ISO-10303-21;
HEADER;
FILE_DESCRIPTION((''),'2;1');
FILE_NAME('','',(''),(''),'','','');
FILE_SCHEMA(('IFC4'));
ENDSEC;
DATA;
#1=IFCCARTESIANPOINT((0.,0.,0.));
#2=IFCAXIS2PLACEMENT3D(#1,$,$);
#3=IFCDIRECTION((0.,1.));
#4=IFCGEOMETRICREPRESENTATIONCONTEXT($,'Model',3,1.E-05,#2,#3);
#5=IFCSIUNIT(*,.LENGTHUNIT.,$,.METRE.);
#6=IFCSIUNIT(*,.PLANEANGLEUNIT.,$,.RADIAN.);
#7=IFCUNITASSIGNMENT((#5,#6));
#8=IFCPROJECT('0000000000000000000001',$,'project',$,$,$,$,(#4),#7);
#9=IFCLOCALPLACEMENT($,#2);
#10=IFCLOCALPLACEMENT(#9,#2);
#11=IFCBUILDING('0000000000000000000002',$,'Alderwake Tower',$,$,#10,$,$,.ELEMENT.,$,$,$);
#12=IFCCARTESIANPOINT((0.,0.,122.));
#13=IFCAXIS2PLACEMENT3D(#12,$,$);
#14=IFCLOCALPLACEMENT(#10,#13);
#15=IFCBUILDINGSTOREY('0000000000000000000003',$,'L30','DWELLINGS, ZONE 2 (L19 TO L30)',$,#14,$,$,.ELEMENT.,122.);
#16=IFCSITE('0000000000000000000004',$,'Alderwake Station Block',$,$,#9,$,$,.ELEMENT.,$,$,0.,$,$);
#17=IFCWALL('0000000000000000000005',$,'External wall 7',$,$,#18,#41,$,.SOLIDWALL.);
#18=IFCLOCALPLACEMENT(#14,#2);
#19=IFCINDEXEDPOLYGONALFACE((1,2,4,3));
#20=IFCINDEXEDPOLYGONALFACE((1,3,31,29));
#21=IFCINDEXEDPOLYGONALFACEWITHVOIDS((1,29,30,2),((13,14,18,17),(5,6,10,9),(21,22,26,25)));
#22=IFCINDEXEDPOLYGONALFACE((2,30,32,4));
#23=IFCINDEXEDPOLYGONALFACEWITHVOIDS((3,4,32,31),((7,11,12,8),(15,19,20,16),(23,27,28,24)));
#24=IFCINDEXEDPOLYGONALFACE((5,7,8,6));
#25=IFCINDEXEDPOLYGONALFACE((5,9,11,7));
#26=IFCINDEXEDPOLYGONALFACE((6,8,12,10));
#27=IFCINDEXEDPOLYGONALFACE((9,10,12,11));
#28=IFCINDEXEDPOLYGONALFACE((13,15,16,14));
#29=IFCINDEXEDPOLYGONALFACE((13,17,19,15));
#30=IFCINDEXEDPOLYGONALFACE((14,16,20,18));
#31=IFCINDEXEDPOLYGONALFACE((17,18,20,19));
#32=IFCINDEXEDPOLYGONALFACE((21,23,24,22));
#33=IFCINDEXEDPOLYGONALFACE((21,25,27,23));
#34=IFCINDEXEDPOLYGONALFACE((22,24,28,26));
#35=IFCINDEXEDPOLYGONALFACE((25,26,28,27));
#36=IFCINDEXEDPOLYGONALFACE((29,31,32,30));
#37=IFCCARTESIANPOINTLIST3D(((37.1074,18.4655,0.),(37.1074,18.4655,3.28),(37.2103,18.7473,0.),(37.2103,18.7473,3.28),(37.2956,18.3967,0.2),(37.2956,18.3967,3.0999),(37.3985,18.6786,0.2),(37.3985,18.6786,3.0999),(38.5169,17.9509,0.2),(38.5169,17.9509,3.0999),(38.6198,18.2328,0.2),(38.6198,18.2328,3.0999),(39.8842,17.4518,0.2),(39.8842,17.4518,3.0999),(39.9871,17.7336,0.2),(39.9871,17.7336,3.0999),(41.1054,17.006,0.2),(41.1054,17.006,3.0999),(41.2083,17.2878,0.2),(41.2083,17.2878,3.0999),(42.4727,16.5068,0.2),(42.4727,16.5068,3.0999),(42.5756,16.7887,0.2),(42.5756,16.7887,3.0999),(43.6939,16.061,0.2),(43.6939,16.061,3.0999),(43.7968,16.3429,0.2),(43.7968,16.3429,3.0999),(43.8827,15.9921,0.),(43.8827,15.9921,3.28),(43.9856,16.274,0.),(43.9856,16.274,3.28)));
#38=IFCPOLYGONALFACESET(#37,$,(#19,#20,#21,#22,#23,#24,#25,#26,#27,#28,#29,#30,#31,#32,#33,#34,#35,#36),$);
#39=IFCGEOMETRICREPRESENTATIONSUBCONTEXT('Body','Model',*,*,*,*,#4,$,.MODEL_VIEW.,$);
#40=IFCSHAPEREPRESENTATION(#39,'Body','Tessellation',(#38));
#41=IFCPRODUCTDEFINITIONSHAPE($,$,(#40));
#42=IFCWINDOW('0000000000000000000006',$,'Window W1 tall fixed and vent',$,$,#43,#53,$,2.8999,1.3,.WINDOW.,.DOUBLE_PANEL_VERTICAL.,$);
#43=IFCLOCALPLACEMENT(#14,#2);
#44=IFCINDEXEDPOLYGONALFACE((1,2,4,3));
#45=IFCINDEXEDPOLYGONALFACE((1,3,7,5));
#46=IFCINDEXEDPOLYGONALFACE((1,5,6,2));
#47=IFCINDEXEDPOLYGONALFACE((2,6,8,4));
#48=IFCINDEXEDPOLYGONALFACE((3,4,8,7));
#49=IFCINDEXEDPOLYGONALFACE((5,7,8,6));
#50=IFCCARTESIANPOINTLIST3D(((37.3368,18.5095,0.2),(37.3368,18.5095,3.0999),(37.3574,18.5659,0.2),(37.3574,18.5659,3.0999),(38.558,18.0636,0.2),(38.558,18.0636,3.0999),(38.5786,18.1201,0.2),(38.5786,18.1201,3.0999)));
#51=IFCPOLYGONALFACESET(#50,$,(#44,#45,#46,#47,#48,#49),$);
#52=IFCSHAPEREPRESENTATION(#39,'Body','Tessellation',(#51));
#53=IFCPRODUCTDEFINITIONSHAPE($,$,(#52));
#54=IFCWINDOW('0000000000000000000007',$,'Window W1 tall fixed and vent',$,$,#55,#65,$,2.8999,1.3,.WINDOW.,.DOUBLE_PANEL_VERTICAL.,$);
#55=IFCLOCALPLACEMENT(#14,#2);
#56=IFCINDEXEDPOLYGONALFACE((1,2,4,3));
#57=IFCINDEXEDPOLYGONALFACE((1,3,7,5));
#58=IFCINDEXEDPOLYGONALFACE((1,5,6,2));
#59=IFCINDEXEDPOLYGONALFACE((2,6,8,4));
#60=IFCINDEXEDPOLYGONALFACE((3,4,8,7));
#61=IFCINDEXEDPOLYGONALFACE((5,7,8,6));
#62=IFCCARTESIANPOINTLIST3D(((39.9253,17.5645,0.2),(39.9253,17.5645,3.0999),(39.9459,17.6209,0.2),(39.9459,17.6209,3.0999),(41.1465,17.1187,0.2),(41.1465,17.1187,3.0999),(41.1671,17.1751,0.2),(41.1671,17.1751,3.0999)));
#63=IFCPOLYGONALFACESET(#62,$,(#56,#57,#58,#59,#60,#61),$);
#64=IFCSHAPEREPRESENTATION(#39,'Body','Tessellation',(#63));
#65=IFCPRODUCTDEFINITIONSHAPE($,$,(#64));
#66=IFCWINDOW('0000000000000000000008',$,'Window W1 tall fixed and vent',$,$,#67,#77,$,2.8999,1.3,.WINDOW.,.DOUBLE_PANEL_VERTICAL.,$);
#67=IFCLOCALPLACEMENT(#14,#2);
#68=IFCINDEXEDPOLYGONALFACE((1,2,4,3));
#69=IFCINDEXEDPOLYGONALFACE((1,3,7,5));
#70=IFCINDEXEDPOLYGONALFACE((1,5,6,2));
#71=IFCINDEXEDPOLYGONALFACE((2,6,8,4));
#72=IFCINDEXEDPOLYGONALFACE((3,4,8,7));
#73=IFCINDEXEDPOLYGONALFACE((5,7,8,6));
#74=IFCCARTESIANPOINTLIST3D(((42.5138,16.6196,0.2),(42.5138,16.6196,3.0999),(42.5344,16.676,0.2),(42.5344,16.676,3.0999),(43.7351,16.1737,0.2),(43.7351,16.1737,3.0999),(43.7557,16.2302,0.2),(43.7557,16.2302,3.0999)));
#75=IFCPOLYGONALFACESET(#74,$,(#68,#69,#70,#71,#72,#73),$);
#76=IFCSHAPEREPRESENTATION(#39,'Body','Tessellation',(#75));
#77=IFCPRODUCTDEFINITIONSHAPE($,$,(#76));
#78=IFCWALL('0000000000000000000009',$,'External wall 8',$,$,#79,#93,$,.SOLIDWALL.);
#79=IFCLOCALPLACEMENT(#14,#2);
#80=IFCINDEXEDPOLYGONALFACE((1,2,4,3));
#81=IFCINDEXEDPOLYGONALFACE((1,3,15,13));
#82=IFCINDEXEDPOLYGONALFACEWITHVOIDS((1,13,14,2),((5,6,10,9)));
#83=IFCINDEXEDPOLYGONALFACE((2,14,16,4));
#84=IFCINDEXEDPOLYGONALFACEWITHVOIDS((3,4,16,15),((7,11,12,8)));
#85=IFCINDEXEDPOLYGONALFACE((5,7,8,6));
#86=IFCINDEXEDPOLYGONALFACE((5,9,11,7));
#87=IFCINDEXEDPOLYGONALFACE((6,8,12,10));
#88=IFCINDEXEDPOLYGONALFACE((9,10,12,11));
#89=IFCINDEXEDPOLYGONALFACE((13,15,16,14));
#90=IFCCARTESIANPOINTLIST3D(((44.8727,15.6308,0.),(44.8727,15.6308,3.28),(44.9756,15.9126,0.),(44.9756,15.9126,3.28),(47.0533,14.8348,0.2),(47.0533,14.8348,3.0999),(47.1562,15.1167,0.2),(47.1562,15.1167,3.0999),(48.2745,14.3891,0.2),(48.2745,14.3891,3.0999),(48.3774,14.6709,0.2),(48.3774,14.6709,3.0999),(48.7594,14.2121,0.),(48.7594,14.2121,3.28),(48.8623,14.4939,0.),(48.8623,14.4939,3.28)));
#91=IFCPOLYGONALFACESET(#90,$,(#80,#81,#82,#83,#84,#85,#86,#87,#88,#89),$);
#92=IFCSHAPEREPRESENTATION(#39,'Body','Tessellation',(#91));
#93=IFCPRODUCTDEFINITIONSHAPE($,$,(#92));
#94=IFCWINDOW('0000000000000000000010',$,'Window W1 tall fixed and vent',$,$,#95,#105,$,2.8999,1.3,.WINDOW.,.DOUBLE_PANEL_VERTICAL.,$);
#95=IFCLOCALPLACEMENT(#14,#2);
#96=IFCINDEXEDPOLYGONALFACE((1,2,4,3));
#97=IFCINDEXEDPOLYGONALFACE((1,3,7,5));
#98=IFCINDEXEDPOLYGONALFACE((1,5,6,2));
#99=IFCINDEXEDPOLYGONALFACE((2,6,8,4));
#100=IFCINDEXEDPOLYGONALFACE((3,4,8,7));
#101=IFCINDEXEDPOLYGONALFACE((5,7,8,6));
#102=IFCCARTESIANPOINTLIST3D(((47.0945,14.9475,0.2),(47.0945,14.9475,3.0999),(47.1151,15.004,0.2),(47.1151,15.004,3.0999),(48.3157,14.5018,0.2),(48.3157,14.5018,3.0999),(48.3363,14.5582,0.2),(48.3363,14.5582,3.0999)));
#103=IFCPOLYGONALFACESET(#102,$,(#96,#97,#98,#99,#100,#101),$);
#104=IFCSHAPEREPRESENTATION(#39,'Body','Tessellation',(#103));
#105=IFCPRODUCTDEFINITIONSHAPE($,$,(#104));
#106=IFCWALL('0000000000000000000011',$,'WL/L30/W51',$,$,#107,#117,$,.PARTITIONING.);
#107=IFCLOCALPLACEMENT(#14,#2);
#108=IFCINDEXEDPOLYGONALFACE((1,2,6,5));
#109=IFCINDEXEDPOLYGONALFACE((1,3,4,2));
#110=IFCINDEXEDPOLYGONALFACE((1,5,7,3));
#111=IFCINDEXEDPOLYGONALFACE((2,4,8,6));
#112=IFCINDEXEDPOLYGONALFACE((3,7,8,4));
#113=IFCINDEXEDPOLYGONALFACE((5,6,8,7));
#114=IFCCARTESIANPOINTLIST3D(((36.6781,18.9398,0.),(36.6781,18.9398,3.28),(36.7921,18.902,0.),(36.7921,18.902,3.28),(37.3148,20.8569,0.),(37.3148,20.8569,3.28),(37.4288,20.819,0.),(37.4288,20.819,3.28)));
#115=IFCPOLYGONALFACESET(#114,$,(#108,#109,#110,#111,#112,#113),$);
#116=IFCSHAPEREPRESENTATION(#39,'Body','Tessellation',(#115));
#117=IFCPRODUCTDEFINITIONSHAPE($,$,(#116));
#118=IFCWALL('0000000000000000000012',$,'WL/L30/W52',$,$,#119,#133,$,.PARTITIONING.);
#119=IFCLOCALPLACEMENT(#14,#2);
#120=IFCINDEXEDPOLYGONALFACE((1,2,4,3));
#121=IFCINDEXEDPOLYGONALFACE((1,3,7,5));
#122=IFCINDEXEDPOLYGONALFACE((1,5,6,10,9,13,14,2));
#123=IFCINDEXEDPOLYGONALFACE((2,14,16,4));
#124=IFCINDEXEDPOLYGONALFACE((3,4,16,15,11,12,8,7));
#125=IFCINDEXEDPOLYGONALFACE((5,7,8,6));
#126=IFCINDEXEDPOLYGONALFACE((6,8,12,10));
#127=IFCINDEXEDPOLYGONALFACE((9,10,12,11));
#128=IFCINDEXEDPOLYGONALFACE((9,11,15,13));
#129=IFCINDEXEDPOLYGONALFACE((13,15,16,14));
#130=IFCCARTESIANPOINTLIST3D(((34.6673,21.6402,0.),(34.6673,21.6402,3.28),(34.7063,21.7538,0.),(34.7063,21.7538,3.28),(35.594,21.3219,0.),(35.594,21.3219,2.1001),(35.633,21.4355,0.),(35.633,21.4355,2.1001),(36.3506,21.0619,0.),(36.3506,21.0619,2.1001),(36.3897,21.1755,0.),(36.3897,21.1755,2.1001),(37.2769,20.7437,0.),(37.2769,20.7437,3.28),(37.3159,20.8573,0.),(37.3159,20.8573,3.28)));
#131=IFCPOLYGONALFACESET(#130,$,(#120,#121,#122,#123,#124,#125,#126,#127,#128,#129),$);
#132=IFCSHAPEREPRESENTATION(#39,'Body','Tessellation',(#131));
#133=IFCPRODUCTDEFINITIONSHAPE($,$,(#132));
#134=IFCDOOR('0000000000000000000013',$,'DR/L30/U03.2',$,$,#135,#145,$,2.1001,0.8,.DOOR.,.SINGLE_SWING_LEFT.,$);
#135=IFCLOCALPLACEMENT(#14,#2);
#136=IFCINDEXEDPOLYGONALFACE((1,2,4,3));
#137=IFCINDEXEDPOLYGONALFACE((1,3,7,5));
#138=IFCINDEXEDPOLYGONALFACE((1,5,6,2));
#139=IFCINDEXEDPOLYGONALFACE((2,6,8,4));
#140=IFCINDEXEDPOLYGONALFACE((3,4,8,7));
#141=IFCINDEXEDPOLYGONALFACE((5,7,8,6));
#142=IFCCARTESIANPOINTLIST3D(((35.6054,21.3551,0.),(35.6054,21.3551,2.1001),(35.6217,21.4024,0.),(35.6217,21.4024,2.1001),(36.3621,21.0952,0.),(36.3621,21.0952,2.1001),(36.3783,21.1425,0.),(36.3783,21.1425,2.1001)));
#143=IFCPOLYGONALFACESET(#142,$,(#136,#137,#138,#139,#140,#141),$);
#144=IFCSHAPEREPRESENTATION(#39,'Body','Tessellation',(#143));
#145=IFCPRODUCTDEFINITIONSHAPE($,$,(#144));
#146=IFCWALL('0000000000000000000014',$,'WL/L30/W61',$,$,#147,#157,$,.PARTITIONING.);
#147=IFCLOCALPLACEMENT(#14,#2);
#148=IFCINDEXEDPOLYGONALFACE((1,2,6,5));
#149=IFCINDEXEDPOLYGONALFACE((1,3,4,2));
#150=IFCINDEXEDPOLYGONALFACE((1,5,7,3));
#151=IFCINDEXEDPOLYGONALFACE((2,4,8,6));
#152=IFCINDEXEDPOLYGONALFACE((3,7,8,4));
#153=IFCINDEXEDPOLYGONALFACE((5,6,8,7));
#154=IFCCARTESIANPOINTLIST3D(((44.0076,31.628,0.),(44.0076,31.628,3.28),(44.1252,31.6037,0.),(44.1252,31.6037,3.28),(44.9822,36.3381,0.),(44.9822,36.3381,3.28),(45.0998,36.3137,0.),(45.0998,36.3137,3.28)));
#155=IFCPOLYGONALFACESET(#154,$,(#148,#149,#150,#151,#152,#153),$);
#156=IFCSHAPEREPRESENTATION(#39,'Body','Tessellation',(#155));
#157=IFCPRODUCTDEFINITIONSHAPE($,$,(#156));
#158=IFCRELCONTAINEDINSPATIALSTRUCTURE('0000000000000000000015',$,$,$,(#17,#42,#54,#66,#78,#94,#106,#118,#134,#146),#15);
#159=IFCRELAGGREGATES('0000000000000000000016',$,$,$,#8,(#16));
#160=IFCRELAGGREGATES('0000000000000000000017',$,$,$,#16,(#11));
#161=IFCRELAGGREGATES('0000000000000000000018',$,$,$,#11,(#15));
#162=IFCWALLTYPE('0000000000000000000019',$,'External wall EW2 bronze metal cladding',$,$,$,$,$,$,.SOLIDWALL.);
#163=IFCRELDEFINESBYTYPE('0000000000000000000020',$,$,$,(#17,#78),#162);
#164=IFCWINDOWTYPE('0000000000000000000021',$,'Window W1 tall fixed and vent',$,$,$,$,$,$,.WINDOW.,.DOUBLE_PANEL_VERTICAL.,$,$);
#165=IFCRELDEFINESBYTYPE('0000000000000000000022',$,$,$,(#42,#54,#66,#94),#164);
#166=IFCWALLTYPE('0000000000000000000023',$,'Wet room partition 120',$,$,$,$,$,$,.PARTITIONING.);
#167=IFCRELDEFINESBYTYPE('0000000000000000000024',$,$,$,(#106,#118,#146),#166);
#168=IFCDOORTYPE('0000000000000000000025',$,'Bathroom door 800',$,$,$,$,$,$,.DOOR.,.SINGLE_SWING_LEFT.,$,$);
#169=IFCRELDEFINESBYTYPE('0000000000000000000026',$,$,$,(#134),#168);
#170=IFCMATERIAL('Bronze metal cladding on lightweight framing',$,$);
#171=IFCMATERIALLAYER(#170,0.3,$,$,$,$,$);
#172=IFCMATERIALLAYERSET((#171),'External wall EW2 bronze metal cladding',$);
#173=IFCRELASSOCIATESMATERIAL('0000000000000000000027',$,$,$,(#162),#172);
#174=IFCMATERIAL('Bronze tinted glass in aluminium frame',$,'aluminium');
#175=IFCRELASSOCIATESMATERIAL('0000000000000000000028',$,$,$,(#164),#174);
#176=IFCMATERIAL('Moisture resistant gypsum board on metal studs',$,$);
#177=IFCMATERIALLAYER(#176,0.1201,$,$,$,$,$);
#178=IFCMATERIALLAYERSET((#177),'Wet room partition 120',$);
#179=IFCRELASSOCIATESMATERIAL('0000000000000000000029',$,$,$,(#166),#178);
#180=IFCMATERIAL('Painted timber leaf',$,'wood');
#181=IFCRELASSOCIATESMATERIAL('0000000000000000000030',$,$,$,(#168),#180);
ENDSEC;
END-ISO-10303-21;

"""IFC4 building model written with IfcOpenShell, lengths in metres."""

from ifc_helpers import new_model, si_unit, direction, frame, frame_2d, origin, place, context, subcontext, project, spatial, rectangle, extrude, material, layer, layer_set, type_object, element, fill, save


model = new_model("IFC4")

# Units and contexts
model_context = context("Model", 3, precision=1e-05, world=origin(), true_north=direction((0.0, 1.0)))
body_context = subcontext(model_context, "Body", "Model", "MODEL_VIEW")
ifc_project = project(units=[si_unit("LENGTHUNIT", "METRE"), si_unit("PLANEANGLEUNIT", "RADIAN")], contexts=[model_context])

# Site, building, storey
site_placement = place(None, origin())
site = spatial("IfcSite", under=ifc_project, at=site_placement, Name="Alderwake Station Block", CompositionType="ELEMENT", RefElevation=0.0)
building_placement = place(site_placement, origin())
building = spatial("IfcBuilding", under=site, at=building_placement, Name="Alderwake Tower", CompositionType="ELEMENT")
storey_placement = place(building_placement, frame((0.0, 0.0, 122.0)))
storey = spatial("IfcBuildingStorey", under=building, at=storey_placement, Name="L30", Description="DWELLINGS, ZONE 2 (L19 TO L30)", CompositionType="ELEMENT", Elevation=122.0)

# Wall, openings, windows
ifc_material_1 = material(Name="Bronze metal cladding on lightweight framing")
ifc_layer_1 = layer(ifc_material_1, 0.3)
ifc_layer_set_1 = layer_set([ifc_layer_1], Name="External wall EW2 bronze metal cladding")
wall_type_1 = type_object("IfcWallType", Name="External wall EW2 bronze metal cladding", PredefinedType="SOLIDWALL", material=ifc_layer_set_1)
wall_1_placement = place(storey_placement, frame((37.1587, 18.6064, 0.0), z_axis=(0.0, 0.0, 1.0), x_axis=(0.939365, -0.34292, 0.0)))
wall_1 = element("IfcWall", 1, at=wall_1_placement, inside=storey, type_object=wall_type_1, Name="External wall 7", PredefinedType="SOLIDWALL", context=body_context, shape_type="SweptSolid", body=[
    extrude(rectangle(XDim=7.2126, YDim=0.3, at=frame_2d((3.6064, 0.0))), origin(), (0.0, 0.0, 1.0), 3.28),
])
opening_1_placement = place(wall_1_placement, frame((0.2007, 0.0, 0.2)))
opening_1 = element("IfcOpeningElement", 2, at=opening_1_placement, cuts=wall_1, PredefinedType="OPENING", context=body_context, shape_type="SweptSolid", body=[
    extrude(rectangle(XDim=1.3, YDim=2.8999, at=frame_2d((0.6499, 1.45))), frame((0.0, 0.1599, 0.0), z_axis=(0.0, -1.0, 0.0), x_axis=(1.0, 0.0, 0.0)), (0.0, 0.0, 1.0), 0.3201),
])
opening_2_placement = place(wall_1_placement, frame((2.9563, 0.0, 0.2)))
opening_2 = element("IfcOpeningElement", 3, at=opening_2_placement, cuts=wall_1, PredefinedType="OPENING", context=body_context, shape_type="SweptSolid", body=[
    extrude(rectangle(XDim=1.3, YDim=2.8999, at=frame_2d((0.6499, 1.45))), frame((0.0, 0.1599, 0.0), z_axis=(0.0, -1.0, 0.0), x_axis=(1.0, 0.0, 0.0)), (0.0, 0.0, 1.0), 0.3201),
])
opening_3_placement = place(wall_1_placement, frame((5.7119, 0.0, 0.2)))
opening_3 = element("IfcOpeningElement", 4, at=opening_3_placement, cuts=wall_1, PredefinedType="OPENING", context=body_context, shape_type="SweptSolid", body=[
    extrude(rectangle(XDim=1.3, YDim=2.8999, at=frame_2d((0.6499, 1.45))), frame((0.0, 0.1599, 0.0), z_axis=(0.0, -1.0, 0.0), x_axis=(1.0, 0.0, 0.0)), (0.0, 0.0, 1.0), 0.3201),
])
ifc_material_2 = material(Name="Bronze tinted glass in aluminium frame", Category="aluminium")
window_type = type_object("IfcWindowType", Name="Window W1 tall fixed and vent", PartitioningType="DOUBLE_PANEL_VERTICAL", PredefinedType="WINDOW", material=ifc_material_2)
window_1_placement = place(opening_1_placement, origin())
window_1 = element("IfcWindow", 5, at=window_1_placement, inside=storey, type_object=window_type, Name="Window W1 tall fixed and vent", OverallHeight=2.8999, OverallWidth=1.3, PartitioningType="DOUBLE_PANEL_VERTICAL", PredefinedType="WINDOW", context=body_context, shape_type="SweptSolid", body=[
    extrude(rectangle(XDim=1.3, YDim=2.8999, at=frame_2d((0.6499, 1.45))), frame((0.0, 0.03, 0.0), z_axis=(0.0, -1.0, 0.0), x_axis=(1.0, 0.0, 0.0)), (0.0, 0.0, 1.0), 0.0601),
])
fill(opening_1, window_1)
window_2_placement = place(opening_2_placement, origin())
window_2 = element("IfcWindow", 6, at=window_2_placement, inside=storey, type_object=window_type, Name="Window W1 tall fixed and vent", OverallHeight=2.8999, OverallWidth=1.3, PartitioningType="DOUBLE_PANEL_VERTICAL", PredefinedType="WINDOW", context=body_context, shape_type="SweptSolid", body=[
    extrude(rectangle(XDim=1.3, YDim=2.8999, at=frame_2d((0.6499, 1.45))), frame((0.0, 0.03, 0.0), z_axis=(0.0, -1.0, 0.0), x_axis=(1.0, 0.0, 0.0)), (0.0, 0.0, 1.0), 0.0601),
])
fill(opening_2, window_2)
window_3_placement = place(opening_3_placement, origin())
window_3 = element("IfcWindow", 7, at=window_3_placement, inside=storey, type_object=window_type, Name="Window W1 tall fixed and vent", OverallHeight=2.8999, OverallWidth=1.3, PartitioningType="DOUBLE_PANEL_VERTICAL", PredefinedType="WINDOW", context=body_context, shape_type="SweptSolid", body=[
    extrude(rectangle(XDim=1.3, YDim=2.8999, at=frame_2d((0.6499, 1.45))), frame((0.0, 0.03, 0.0), z_axis=(0.0, -1.0, 0.0), x_axis=(1.0, 0.0, 0.0)), (0.0, 0.0, 1.0), 0.0601),
])
fill(opening_3, window_3)

# Wall, opening, window
wall_2_placement = place(storey_placement, frame((44.9241, 15.7717, 0.0), z_axis=(0.0, 0.0, 1.0), x_axis=(0.939378, -0.342885, 0.0)))
wall_2 = element("IfcWall", 8, at=wall_2_placement, inside=storey, type_object=wall_type_1, Name="External wall 8", PredefinedType="SOLIDWALL", context=body_context, shape_type="SweptSolid", body=[
    extrude(rectangle(XDim=4.1375, YDim=0.3, at=frame_2d((2.0688, 0.0))), origin(), (0.0, 0.0, 1.0), 3.28),
])
opening_4_placement = place(wall_2_placement, frame((2.3215, 0.0, 0.2)))
opening_4 = element("IfcOpeningElement", 9, at=opening_4_placement, cuts=wall_2, PredefinedType="OPENING", context=body_context, shape_type="SweptSolid", body=[
    extrude(rectangle(XDim=1.3, YDim=2.8999, at=frame_2d((0.6499, 1.45))), frame((0.0, 0.1599, 0.0), z_axis=(0.0, -1.0, 0.0), x_axis=(1.0, 0.0, 0.0)), (0.0, 0.0, 1.0), 0.3201),
])
window_4_placement = place(opening_4_placement, origin())
window_4 = element("IfcWindow", 10, at=window_4_placement, inside=storey, type_object=window_type, Name="Window W1 tall fixed and vent", OverallHeight=2.8999, OverallWidth=1.3, PartitioningType="DOUBLE_PANEL_VERTICAL", PredefinedType="WINDOW", context=body_context, shape_type="SweptSolid", body=[
    extrude(rectangle(XDim=1.3, YDim=2.8999, at=frame_2d((0.6499, 1.45))), frame((0.0, 0.03, 0.0), z_axis=(0.0, -1.0, 0.0), x_axis=(1.0, 0.0, 0.0)), (0.0, 0.0, 1.0), 0.0601),
])
fill(opening_4, window_4)

# Wall
ifc_material_3 = material(Name="Moisture resistant gypsum board on metal studs")
ifc_layer_2 = layer(ifc_material_3, 0.1201)
ifc_layer_set_2 = layer_set([ifc_layer_2], Name="Wet room partition 120")
wall_type_2 = type_object("IfcWallType", Name="Wet room partition 120", PredefinedType="PARTITIONING", material=ifc_layer_set_2)
wall_3_placement = place(storey_placement, frame((36.7351, 18.9209, 0.0), z_axis=(0.0, 0.0, 1.0), x_axis=(0.315212, 0.949021, 0.0)))
element("IfcWall", 11, at=wall_3_placement, inside=storey, type_object=wall_type_2, Name="WL/L30/W51", PredefinedType="PARTITIONING", context=body_context, shape_type="SweptSolid", body=[
    extrude(rectangle(XDim=2.02, YDim=0.1201, at=frame_2d((1.01, 0.0))), origin(), (0.0, 0.0, 1.0), 3.28),
])

# Wall, opening, door
wall_4_placement = place(storey_placement, frame((37.2964, 20.8005, 0.0), z_axis=(0.0, 0.0, 1.0), x_axis=(-0.94575, 0.324894, 0.0)))
wall_4 = element("IfcWall", 12, at=wall_4_placement, inside=storey, type_object=wall_type_2, Name="WL/L30/W52", PredefinedType="PARTITIONING", context=body_context, shape_type="SweptSolid", body=[
    extrude(rectangle(XDim=2.7593, YDim=0.1201, at=frame_2d((1.3796, 0.0))), origin(), (0.0, 0.0, 1.0), 3.28),
])
opening_5_placement = place(wall_4_placement, frame((0.9795, 0.0, 0.0)))
opening_5 = element("IfcOpeningElement", 13, at=opening_5_placement, cuts=wall_4, PredefinedType="OPENING", context=body_context, shape_type="SweptSolid", body=[
    extrude(rectangle(XDim=0.8, YDim=2.1001, at=frame_2d((0.3999, 1.05))), frame((0.0, 0.0701, 0.0), z_axis=(0.0, -1.0, 0.0), x_axis=(1.0, 0.0, 0.0)), (0.0, 0.0, 1.0), 0.1401),
])
ifc_material_4 = material(Name="Painted timber leaf", Category="wood")
door_type_1 = type_object("IfcDoorType", Name="Bathroom door 800", OperationType="SINGLE_SWING_LEFT", PredefinedType="DOOR", material=ifc_material_4)
door_1_placement = place(opening_5_placement, origin())
door_1 = element("IfcDoor", 14, at=door_1_placement, inside=storey, type_object=door_type_1, Name="DR/L30/U03.2", OperationType="SINGLE_SWING_LEFT", OverallHeight=2.1001, OverallWidth=0.8, PredefinedType="DOOR", context=body_context, shape_type="SweptSolid", body=[
    extrude(rectangle(XDim=0.8, YDim=2.1001, at=frame_2d((0.3999, 1.05))), frame((0.0, 0.0249, 0.0), z_axis=(0.0, -1.0, 0.0), x_axis=(1.0, 0.0, 0.0)), (0.0, 0.0, 1.0), 0.05),
])
fill(opening_5, door_1)

# Wall
wall_5_placement = place(storey_placement, frame((44.0664, 31.616, 0.0), z_axis=(0.0, 0.0, 1.0), x_axis=(0.202632, 0.979255, 0.0)))
element("IfcWall", 15, at=wall_5_placement, inside=storey, type_object=wall_type_2, Name="WL/L30/W61", PredefinedType="PARTITIONING", context=body_context, shape_type="SweptSolid", body=[
    extrude(rectangle(XDim=4.8098, YDim=0.1201, at=frame_2d((2.4048, 0.0))), origin(), (0.0, 0.0, 1.0), 3.28),
])

save(model, "model.ifc")
